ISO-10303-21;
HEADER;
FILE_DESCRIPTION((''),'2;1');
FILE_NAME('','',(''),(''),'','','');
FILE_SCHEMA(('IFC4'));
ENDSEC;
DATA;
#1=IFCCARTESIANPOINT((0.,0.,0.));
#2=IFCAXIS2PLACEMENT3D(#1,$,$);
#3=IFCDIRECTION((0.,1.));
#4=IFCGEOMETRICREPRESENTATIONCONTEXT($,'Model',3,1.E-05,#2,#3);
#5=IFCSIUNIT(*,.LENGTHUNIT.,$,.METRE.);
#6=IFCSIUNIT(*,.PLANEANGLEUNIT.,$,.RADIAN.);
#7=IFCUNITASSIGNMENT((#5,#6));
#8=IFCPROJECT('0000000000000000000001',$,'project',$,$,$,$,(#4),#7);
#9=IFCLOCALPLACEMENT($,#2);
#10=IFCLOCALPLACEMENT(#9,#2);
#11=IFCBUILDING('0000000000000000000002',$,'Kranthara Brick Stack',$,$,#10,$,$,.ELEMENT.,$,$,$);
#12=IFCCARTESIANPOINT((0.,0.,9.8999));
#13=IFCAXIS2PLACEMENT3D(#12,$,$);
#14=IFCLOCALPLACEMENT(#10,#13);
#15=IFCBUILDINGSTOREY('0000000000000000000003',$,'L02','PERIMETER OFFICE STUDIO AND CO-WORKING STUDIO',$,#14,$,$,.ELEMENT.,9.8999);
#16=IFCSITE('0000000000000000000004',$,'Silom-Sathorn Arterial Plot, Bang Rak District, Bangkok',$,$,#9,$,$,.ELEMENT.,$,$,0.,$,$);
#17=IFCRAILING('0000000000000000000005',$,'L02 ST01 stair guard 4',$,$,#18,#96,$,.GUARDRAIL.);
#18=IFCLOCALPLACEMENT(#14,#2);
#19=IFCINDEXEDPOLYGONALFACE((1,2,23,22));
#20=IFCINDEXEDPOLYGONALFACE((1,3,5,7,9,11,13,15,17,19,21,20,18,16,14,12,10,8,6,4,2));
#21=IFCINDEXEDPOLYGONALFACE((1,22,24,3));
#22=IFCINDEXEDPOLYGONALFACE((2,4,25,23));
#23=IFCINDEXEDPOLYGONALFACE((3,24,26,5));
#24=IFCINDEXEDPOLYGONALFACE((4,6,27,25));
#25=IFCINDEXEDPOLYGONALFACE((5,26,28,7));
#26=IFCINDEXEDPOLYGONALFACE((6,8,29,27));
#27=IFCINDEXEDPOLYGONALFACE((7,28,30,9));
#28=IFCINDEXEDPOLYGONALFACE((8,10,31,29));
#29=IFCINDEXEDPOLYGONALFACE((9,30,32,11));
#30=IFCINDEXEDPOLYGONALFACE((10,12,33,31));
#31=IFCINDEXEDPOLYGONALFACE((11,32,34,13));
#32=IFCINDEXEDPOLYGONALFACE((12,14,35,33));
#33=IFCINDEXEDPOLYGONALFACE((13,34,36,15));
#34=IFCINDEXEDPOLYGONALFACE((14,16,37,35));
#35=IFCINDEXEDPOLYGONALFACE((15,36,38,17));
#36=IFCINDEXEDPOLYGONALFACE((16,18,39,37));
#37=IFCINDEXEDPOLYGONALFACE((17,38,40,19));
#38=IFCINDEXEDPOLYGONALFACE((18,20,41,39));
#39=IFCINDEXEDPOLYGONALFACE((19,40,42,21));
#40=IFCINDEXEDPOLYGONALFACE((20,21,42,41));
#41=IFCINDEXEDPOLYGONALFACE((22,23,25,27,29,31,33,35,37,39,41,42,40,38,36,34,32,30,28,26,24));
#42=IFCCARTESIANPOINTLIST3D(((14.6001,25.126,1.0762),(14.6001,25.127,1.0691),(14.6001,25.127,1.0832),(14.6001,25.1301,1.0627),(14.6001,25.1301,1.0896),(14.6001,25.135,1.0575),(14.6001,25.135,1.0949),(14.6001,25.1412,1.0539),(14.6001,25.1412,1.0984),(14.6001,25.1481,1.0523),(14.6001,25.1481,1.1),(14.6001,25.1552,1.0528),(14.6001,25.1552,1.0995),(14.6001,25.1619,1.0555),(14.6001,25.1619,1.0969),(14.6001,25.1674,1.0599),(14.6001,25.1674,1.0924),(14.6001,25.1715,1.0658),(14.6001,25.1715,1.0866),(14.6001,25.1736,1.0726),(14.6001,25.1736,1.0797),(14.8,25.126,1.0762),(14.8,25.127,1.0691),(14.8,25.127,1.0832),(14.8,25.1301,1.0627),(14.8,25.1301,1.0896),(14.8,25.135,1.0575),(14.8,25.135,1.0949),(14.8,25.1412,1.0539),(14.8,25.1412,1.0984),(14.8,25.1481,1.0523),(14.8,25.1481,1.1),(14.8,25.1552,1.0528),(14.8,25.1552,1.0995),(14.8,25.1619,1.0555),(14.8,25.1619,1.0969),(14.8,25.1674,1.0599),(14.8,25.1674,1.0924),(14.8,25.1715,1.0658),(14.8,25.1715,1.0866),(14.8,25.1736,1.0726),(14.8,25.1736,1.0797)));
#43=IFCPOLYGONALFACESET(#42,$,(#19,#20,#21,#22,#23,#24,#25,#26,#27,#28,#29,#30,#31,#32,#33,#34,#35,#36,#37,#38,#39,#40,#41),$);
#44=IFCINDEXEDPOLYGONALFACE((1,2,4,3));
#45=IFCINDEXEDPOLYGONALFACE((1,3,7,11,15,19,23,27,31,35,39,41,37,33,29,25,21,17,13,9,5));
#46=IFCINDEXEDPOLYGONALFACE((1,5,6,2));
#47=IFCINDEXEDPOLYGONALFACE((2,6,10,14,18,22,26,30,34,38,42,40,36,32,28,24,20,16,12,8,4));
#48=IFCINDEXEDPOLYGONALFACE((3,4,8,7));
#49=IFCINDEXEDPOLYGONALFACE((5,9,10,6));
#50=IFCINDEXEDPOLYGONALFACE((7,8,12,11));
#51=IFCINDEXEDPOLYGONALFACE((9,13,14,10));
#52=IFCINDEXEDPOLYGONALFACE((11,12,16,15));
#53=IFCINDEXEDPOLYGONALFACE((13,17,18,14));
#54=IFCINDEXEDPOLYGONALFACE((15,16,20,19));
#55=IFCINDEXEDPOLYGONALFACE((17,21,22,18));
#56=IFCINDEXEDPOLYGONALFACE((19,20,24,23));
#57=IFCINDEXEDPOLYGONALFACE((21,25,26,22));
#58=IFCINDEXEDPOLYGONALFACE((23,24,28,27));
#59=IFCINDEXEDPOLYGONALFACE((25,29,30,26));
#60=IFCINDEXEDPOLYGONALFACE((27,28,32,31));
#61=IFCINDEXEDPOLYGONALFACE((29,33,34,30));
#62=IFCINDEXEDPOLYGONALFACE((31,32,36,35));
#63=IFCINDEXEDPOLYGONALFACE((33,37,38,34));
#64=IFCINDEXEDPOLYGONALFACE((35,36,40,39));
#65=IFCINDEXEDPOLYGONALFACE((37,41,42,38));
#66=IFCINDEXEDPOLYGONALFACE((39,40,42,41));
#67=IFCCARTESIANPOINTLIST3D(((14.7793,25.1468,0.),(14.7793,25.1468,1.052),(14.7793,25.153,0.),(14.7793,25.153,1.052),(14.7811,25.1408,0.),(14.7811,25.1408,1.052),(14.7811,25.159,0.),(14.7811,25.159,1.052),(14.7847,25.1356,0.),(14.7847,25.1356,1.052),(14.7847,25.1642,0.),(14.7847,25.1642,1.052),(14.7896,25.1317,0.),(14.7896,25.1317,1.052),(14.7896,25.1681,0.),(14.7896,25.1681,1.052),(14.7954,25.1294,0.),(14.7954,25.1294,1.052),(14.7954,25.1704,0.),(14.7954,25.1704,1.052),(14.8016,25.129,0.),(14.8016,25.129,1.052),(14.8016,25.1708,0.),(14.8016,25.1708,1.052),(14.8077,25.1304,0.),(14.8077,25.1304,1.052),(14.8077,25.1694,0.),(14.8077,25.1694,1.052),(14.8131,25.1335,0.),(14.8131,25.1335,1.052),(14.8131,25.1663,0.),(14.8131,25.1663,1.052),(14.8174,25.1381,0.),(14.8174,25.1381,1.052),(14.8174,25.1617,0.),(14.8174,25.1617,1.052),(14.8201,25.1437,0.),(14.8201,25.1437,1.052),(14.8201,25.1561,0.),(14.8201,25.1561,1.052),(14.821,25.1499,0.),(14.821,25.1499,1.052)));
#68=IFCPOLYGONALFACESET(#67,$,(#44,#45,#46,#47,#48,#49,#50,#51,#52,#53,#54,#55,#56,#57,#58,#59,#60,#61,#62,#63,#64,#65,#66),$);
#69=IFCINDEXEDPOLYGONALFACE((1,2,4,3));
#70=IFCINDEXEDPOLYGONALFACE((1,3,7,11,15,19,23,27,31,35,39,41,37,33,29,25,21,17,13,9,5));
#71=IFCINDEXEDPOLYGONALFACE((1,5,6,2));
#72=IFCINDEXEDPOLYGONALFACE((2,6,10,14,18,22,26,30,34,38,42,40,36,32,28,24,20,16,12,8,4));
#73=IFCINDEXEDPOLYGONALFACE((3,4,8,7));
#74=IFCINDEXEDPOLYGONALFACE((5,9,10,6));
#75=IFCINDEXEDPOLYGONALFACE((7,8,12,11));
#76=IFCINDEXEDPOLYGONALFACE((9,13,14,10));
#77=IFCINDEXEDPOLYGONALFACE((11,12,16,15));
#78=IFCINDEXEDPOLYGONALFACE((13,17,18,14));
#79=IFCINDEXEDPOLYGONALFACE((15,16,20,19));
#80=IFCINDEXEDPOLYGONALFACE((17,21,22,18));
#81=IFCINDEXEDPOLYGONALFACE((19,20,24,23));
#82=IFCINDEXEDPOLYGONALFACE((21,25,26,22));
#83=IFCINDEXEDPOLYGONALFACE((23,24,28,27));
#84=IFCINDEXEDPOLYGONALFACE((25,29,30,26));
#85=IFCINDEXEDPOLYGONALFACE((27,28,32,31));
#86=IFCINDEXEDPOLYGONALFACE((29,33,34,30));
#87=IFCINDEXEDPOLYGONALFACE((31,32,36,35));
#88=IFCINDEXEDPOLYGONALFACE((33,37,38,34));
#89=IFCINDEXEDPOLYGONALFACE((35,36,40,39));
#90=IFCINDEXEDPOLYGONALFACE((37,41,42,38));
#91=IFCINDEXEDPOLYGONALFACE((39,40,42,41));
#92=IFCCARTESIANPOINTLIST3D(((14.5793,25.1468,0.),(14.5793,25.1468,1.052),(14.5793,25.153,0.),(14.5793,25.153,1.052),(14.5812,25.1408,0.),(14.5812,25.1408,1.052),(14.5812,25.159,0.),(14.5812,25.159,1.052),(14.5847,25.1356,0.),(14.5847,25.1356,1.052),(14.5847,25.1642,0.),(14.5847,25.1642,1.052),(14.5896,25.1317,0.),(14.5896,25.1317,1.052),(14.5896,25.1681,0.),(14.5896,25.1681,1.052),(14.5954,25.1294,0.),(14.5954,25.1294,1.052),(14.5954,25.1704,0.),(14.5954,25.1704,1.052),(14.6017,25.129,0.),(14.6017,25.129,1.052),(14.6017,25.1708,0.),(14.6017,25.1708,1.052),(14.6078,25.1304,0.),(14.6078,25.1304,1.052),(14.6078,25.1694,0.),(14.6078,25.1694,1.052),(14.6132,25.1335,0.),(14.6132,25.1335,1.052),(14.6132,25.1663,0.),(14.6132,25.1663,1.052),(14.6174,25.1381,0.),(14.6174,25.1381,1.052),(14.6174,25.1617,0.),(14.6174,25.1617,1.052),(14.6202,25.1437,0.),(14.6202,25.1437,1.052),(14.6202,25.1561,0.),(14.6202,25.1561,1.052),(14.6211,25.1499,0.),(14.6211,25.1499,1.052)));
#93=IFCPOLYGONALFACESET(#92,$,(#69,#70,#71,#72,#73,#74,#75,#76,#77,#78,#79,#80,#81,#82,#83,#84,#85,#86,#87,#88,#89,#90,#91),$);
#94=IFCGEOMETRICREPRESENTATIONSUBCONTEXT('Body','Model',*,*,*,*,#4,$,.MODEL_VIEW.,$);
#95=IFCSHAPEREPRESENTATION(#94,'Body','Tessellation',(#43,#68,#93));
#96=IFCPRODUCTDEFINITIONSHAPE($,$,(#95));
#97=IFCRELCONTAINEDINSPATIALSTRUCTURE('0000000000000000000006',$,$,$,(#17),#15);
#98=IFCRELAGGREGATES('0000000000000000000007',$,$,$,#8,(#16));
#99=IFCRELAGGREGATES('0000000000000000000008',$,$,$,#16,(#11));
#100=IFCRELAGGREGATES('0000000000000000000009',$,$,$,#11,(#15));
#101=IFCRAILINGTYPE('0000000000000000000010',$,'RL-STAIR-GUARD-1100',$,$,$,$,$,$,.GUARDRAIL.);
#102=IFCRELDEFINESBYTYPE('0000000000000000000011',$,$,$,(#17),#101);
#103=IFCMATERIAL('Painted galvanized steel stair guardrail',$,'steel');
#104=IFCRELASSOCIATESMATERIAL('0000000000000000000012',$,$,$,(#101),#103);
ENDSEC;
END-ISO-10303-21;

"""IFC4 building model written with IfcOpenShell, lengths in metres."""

from ifc_helpers import new_model, si_unit, direction, frame, origin, origin_2d, place, context, subcontext, project, spatial, circle, extrude, material, type_object, element, save


model = new_model("IFC4")

# Units and contexts
model_context = context("Model", 3, precision=1e-05, world=origin(), true_north=direction((0.0, 1.0)))
body_context = subcontext(model_context, "Body", "Model", "MODEL_VIEW")
ifc_project = project(units=[si_unit("LENGTHUNIT", "METRE"), si_unit("PLANEANGLEUNIT", "RADIAN")], contexts=[model_context])

# Site, building, storey
site_placement = place(None, origin())
site = spatial("IfcSite", under=ifc_project, at=site_placement, Name="Silom-Sathorn Arterial Plot, Bang Rak District, Bangkok", CompositionType="ELEMENT", RefElevation=0.0)
building_placement = place(site_placement, origin())
building = spatial("IfcBuilding", under=site, at=building_placement, Name="Kranthara Brick Stack", CompositionType="ELEMENT")
storey_placement = place(building_placement, frame((0.0, 0.0, 9.8999)))
storey = spatial("IfcBuildingStorey", under=building, at=storey_placement, Name="L02", Description="PERIMETER OFFICE STUDIO AND CO-WORKING STUDIO", CompositionType="ELEMENT", Elevation=9.8999)

# Railing
ifc_material_1 = material(Name="Painted galvanized steel stair guardrail", Category="steel")
railing_type = type_object("IfcRailingType", Name="RL-STAIR-GUARD-1100", PredefinedType="GUARDRAIL", material=ifc_material_1)
railing_1_placement = place(storey_placement, frame((14.8, 25.1499, 0.0)))
element("IfcRailing", 1, at=railing_1_placement, inside=storey, type_object=railing_type, Name="L02 ST01 stair guard 4", PredefinedType="GUARDRAIL", context=body_context, shape_type="SweptSolid", body=[
    extrude(circle(Radius=0.0239, at=origin_2d()), frame((0.0, 0.0, 1.0762), z_axis=(-1.0, 0.0, 0.0), x_axis=(0.0, -1.0, 0.0)), (0.0, 0.0, 1.0), 0.2),
    extrude(circle(Radius=0.021, at=origin_2d()), origin(), (0.0, 0.0, 1.0), 1.052),
    extrude(circle(Radius=0.021, at=origin_2d()), frame((-0.2, 0.0, 0.0)), (0.0, 0.0, 1.0), 1.052),
])

save(model, "model.ifc")
